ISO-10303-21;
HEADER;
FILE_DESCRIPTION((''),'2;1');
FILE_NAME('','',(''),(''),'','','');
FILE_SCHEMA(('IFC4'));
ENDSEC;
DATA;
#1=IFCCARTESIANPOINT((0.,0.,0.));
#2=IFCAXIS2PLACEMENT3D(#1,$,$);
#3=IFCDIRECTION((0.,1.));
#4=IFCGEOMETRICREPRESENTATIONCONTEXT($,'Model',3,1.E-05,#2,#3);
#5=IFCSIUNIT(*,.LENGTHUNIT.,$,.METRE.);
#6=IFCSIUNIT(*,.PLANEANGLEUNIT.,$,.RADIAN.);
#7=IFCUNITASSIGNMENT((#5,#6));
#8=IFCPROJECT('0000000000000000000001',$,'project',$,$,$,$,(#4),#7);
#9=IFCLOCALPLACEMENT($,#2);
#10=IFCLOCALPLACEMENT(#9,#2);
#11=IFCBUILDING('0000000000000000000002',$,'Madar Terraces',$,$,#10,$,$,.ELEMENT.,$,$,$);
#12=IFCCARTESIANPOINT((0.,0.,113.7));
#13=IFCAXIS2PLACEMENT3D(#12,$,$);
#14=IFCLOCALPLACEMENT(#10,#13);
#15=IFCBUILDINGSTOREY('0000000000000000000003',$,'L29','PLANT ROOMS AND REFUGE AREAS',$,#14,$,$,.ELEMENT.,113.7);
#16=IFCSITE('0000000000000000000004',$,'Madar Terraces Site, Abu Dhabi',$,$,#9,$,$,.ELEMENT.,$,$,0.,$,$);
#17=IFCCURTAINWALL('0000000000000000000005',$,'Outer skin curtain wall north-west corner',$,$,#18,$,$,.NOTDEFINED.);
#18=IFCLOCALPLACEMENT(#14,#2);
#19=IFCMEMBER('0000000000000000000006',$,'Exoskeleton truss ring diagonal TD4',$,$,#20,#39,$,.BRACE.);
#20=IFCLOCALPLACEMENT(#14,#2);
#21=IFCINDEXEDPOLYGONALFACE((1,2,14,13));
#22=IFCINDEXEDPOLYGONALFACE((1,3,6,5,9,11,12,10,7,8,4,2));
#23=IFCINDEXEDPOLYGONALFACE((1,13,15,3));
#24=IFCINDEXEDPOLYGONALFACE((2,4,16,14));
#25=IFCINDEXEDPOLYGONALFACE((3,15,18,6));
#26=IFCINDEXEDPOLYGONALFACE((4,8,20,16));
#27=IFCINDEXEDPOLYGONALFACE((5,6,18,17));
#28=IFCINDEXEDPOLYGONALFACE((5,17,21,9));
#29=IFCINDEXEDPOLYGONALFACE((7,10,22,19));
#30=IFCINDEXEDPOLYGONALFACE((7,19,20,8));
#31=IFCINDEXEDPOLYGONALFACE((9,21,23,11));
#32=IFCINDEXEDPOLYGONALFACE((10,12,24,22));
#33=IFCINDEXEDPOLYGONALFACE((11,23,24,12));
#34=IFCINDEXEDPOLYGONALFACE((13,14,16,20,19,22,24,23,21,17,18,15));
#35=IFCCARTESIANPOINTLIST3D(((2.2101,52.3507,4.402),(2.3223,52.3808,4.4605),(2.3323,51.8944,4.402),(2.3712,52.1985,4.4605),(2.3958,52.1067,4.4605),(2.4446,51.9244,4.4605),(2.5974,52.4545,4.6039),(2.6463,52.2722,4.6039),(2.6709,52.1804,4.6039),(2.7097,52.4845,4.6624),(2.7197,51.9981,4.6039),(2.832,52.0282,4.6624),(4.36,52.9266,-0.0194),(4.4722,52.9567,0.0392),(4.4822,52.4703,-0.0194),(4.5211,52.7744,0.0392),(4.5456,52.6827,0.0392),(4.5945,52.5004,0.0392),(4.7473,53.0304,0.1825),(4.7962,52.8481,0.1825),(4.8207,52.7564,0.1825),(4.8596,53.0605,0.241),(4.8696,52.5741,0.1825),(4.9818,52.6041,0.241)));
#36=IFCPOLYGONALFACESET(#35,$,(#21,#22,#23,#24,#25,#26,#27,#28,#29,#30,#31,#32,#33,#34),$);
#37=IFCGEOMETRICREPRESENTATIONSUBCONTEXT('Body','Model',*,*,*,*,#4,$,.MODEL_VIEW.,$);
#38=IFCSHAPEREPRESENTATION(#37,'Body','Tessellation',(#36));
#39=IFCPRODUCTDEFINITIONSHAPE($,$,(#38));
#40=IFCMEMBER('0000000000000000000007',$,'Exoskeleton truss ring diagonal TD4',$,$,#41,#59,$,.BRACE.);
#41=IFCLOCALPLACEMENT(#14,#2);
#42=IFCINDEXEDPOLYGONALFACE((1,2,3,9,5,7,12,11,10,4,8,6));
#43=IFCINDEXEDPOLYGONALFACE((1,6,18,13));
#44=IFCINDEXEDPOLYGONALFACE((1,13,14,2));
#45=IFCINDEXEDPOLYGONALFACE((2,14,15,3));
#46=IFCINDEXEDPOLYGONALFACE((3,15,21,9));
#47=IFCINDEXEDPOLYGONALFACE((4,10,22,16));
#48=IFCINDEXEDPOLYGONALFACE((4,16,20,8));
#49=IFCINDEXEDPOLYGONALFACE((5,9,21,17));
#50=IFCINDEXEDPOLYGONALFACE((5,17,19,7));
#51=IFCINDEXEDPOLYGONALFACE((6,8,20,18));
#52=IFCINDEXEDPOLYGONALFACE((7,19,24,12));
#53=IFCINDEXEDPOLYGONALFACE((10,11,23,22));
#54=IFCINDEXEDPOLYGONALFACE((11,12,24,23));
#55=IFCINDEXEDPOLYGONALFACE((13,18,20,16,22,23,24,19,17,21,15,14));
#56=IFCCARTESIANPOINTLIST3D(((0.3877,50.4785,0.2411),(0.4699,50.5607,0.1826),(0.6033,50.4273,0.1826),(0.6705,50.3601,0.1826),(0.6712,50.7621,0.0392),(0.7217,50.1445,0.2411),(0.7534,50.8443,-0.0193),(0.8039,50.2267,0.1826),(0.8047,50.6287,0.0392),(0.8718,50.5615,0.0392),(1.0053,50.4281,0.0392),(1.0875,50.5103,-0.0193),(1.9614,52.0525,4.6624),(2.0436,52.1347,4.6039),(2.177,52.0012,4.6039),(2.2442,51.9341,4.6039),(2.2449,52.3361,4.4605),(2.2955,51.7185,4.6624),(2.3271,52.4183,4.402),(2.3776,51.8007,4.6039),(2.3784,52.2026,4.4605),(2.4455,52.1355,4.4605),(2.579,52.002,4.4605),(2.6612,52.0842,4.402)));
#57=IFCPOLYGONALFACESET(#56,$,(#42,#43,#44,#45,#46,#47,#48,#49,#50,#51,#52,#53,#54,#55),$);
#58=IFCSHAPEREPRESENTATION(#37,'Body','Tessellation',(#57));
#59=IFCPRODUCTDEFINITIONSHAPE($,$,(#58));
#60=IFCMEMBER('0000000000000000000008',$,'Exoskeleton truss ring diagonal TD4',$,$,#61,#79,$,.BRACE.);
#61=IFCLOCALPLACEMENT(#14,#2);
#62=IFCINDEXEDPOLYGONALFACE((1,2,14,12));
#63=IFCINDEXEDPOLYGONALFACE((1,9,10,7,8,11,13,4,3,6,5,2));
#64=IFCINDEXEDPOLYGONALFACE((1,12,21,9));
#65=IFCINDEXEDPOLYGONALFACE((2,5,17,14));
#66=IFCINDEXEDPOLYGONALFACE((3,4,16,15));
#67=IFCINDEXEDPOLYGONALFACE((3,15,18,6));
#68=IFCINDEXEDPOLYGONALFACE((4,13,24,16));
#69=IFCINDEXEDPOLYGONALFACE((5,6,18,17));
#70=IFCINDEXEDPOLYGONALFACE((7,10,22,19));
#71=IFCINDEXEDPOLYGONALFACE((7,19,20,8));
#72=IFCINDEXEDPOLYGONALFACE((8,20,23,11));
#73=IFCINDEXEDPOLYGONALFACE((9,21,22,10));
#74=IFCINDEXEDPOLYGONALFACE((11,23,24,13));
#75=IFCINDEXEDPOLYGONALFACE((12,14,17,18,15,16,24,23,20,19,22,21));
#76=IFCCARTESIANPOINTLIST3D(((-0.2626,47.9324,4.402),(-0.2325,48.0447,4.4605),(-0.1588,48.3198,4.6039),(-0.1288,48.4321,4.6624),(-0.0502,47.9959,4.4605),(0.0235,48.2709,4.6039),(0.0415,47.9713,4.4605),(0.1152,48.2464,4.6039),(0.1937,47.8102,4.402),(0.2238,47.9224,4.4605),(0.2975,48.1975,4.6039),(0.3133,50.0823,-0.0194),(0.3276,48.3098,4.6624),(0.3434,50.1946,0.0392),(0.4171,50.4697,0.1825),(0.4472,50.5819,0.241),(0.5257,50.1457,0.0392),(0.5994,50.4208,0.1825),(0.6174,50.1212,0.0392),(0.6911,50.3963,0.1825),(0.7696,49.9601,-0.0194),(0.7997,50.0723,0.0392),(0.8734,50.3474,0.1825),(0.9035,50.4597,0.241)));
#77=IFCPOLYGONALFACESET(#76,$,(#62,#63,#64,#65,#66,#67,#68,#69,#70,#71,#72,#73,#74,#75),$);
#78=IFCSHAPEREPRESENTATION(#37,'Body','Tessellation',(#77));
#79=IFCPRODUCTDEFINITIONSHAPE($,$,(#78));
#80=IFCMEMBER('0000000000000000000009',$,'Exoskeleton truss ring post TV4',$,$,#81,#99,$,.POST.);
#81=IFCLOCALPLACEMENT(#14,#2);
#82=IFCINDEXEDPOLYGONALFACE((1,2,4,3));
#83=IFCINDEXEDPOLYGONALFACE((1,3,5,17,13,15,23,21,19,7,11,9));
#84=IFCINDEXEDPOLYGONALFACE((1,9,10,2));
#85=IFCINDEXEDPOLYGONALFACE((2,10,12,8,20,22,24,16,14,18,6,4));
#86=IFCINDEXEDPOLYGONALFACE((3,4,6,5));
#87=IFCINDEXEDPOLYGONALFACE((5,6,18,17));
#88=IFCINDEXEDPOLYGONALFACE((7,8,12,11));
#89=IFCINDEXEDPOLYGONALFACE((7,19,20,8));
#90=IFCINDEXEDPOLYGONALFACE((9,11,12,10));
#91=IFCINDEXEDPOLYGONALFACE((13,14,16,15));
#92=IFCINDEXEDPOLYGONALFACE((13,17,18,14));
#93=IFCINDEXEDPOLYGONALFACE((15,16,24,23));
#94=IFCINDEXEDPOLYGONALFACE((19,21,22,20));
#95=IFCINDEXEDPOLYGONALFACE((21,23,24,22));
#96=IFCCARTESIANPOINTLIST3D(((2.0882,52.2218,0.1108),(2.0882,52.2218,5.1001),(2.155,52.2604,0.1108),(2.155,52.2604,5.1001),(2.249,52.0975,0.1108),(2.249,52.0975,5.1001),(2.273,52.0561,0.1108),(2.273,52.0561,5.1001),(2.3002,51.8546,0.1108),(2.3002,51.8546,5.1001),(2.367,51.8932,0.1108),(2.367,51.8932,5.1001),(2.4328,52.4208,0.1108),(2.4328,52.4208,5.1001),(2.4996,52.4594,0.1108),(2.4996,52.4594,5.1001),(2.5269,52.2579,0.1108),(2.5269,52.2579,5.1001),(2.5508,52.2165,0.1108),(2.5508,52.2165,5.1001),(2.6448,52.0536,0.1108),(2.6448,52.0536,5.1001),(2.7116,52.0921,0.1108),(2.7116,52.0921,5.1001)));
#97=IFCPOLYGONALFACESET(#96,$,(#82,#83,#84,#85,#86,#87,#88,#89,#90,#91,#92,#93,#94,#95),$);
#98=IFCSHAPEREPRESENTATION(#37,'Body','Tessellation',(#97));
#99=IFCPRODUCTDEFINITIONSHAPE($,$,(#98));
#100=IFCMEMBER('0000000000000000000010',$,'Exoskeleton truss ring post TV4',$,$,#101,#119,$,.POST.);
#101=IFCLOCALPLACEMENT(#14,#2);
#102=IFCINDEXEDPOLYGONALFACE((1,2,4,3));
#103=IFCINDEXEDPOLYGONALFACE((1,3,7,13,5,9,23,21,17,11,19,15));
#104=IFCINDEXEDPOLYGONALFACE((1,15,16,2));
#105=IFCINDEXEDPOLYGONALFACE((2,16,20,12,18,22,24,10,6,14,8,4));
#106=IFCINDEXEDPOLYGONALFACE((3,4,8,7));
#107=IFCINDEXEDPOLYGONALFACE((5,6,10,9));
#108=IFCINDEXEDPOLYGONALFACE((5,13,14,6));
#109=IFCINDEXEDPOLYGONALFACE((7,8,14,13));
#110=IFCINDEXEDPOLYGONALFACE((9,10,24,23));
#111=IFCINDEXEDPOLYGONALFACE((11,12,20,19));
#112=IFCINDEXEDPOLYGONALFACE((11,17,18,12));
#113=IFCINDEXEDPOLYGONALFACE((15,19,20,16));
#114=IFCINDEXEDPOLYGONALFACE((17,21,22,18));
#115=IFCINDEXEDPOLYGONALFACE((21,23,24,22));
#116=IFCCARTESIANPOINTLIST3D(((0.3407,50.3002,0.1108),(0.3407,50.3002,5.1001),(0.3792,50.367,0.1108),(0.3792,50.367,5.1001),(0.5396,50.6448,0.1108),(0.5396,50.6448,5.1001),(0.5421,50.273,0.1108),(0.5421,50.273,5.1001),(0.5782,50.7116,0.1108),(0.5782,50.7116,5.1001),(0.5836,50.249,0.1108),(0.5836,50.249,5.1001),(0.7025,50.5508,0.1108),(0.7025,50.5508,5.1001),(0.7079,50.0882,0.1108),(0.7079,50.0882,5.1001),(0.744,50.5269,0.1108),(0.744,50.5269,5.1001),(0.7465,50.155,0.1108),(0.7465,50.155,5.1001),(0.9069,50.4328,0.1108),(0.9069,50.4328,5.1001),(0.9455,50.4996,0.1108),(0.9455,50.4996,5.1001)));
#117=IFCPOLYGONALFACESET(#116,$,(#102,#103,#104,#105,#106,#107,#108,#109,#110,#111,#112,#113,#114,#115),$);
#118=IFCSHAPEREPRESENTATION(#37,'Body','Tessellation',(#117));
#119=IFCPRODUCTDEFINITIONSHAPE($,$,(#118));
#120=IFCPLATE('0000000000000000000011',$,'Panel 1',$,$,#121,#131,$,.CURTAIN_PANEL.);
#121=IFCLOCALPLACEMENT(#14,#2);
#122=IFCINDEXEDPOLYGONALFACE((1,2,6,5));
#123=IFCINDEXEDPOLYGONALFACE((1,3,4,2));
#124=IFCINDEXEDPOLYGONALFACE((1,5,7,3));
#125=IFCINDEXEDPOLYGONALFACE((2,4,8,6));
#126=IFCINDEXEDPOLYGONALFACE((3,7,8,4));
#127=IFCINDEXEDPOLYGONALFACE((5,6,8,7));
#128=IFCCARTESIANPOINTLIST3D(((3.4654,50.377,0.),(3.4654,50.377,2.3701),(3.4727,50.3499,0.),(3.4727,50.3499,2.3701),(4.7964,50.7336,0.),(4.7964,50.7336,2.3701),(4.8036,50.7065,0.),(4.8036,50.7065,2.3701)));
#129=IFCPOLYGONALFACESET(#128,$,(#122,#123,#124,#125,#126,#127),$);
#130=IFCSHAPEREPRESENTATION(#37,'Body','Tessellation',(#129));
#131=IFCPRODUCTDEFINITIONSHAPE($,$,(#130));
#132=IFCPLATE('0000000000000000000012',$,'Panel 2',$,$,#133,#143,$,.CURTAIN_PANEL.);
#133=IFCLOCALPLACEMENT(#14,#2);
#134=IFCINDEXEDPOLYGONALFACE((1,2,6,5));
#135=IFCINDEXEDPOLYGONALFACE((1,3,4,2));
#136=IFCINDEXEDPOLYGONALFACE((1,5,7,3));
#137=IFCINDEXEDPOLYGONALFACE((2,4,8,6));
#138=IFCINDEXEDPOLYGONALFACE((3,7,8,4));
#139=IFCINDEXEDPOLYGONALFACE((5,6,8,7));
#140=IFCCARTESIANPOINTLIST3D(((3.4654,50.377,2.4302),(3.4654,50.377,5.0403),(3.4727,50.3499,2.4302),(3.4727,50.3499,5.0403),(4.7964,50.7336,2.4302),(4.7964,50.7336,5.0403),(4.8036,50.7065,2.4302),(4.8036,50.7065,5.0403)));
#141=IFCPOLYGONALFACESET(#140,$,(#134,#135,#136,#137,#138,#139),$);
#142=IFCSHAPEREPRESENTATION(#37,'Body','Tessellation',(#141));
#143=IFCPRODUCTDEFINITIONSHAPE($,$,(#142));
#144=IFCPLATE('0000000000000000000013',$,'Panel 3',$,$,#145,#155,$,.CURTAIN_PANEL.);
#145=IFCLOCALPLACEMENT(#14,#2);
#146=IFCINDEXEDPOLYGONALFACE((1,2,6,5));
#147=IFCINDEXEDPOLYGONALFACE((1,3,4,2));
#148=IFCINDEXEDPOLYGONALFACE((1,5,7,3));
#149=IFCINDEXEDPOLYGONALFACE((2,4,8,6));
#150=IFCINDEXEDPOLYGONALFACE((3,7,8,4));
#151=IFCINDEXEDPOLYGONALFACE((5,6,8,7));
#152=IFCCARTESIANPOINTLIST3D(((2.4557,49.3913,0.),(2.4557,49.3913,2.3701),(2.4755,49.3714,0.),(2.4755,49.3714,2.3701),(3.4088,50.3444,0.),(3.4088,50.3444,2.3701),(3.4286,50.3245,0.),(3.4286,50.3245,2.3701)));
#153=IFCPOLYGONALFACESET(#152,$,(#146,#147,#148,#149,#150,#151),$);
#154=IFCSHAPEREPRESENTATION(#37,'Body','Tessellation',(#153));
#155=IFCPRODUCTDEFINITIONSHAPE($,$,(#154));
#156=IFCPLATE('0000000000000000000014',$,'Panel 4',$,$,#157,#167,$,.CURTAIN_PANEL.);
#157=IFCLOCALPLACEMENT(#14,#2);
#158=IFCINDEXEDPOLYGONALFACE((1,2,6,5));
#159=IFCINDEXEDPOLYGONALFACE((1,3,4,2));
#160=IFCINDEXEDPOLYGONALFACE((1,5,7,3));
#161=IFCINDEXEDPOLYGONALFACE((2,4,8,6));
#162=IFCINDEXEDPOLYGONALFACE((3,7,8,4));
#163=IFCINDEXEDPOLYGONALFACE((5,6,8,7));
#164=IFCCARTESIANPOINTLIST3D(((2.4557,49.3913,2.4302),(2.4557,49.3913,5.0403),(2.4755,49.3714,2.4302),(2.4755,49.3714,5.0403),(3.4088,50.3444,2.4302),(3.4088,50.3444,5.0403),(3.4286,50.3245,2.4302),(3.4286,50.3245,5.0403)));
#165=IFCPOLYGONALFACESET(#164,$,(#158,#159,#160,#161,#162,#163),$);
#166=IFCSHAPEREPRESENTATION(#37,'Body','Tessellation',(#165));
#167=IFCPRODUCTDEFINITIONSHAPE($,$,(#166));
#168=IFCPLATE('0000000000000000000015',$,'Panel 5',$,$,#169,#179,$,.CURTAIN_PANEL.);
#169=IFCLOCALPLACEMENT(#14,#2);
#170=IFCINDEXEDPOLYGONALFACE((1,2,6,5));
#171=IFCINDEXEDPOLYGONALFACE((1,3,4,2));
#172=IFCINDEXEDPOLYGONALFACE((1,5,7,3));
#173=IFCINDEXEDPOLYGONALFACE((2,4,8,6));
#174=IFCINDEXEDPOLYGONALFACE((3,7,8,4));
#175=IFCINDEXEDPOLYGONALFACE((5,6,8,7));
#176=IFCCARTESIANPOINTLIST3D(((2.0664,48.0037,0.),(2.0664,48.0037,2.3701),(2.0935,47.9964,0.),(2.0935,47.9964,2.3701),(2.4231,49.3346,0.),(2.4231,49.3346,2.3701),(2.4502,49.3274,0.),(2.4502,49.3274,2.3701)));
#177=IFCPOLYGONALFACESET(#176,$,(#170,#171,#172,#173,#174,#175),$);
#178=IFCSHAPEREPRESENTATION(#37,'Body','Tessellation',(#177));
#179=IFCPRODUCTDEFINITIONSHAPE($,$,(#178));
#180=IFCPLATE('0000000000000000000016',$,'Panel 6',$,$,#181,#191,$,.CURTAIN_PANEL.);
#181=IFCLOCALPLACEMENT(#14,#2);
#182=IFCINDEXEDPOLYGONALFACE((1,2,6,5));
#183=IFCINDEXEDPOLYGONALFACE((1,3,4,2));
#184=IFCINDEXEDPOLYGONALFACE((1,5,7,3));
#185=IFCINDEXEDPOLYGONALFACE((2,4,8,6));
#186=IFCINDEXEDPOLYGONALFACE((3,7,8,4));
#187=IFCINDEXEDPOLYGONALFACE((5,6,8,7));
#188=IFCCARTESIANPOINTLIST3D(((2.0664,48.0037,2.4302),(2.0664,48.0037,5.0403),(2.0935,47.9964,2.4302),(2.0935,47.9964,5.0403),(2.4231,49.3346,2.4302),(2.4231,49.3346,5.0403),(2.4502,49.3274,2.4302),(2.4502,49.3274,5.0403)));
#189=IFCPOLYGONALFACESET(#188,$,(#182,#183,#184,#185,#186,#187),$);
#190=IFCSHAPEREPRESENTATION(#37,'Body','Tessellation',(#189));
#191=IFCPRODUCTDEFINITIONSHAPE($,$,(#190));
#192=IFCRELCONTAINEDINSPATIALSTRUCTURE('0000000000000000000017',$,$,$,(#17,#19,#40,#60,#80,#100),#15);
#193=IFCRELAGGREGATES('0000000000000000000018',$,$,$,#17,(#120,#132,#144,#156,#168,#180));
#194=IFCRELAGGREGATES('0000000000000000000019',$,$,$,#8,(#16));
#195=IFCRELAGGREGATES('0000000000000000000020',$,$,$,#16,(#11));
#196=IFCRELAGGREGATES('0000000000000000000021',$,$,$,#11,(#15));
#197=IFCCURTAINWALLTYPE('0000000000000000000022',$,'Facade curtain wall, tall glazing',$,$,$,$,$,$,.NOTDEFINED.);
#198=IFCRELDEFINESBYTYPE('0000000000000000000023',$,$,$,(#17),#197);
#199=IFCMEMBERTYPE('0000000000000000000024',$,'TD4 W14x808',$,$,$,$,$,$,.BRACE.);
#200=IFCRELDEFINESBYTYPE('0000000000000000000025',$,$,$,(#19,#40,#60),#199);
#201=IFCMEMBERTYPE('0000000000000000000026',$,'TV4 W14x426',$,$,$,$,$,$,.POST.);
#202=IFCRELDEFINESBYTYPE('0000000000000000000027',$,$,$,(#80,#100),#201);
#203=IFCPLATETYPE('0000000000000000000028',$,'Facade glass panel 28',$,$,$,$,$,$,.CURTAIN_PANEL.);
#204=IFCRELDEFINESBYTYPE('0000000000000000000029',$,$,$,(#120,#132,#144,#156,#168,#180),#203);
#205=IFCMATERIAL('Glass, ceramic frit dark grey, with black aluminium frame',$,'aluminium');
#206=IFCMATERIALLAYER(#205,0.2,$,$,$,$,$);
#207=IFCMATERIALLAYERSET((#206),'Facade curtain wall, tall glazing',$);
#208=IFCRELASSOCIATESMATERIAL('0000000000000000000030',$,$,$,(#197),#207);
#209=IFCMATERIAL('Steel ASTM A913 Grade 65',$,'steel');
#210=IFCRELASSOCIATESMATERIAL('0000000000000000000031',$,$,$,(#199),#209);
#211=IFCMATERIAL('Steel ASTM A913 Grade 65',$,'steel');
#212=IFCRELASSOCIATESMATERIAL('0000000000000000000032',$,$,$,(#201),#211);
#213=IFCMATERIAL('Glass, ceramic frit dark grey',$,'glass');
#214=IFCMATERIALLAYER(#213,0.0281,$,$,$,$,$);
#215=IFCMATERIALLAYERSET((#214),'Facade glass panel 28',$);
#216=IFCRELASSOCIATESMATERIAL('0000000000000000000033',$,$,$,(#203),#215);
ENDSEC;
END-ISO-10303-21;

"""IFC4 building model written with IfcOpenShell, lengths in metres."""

from ifc_helpers import new_model, si_unit, direction, frame, origin, origin_2d, place, context, subcontext, project, spatial, rectangle, i_section, extrude, material, layer, layer_set, material_profile, profile_set, type_object, element, aggregate, save


model = new_model("IFC4")

# Units and contexts
model_context = context("Model", 3, precision=1e-05, world=origin(), true_north=direction((0.0, 1.0)))
body_context = subcontext(model_context, "Body", "Model", "MODEL_VIEW")
ifc_project = project(units=[si_unit("LENGTHUNIT", "METRE"), si_unit("PLANEANGLEUNIT", "RADIAN")], contexts=[model_context])

# Site, building, storey
site_placement = place(None, origin())
site = spatial("IfcSite", under=ifc_project, at=site_placement, Name="Madar Terraces Site, Abu Dhabi", CompositionType="ELEMENT", RefElevation=0.0)
building_placement = place(site_placement, origin())
building = spatial("IfcBuilding", under=site, at=building_placement, Name="Madar Terraces", CompositionType="ELEMENT")
storey_placement = place(building_placement, frame((0.0, 0.0, 113.7)))
storey = spatial("IfcBuildingStorey", under=building, at=storey_placement, Name="L29", Description="PLANT ROOMS AND REFUGE AREAS", CompositionType="ELEMENT", Elevation=113.7)

# Curtain wall
ifc_material_1 = material(Name="Glass, ceramic frit dark grey, with black aluminium frame", Category="aluminium")
ifc_layer_1 = layer(ifc_material_1, 0.2)
ifc_layer_set_1 = layer_set([ifc_layer_1], Name="Facade curtain wall, tall glazing")
curtain_wall_type = type_object("IfcCurtainWallType", Name="Facade curtain wall, tall glazing", PredefinedType="NOTDEFINED", material=ifc_layer_set_1)
curtain_wall_placement = place(storey_placement, origin())
curtain_wall = element("IfcCurtainWall", 1, at=curtain_wall_placement, inside=storey, type_object=curtain_wall_type, Name="Outer skin curtain wall north-west corner", PredefinedType="NOTDEFINED")

# Members
ifc_material_2 = material(Name="Steel ASTM A913 Grade 65", Category="steel")
ifc_material_profile_1 = material_profile(ifc_material_2, i_section(OverallWidth=0.4724, OverallDepth=0.5791, WebThickness=0.095, FlangeThickness=0.1301, at=origin_2d()), Name="W14x808")
ifc_profile_set_1 = profile_set([ifc_material_profile_1], Name="Steel ASTM A913 Grade 65")
member_type_1 = type_object("IfcMemberType", Name="TD4 W14x808", PredefinedType="BRACE", material=ifc_profile_set_1)
for number, where, z_axis, x_axis, name in (
    (2, (4.6709, 52.7654, 0.1108), (-0.434324, -0.116349, 0.893211), (0.258762, -0.965941, 0.0), "Exoskeleton truss ring diagonal TD4"),
    (3, (2.3113, 52.0684, 4.5322), (-0.317924, -0.317973, -0.893206), (0.707162, -0.707052, 0.0), "Exoskeleton truss ring diagonal TD4"),
    (4, (0.6084, 50.271, 0.1108), (-0.116349, -0.434324, 0.893211), (0.965941, -0.258762, 0.0), "Exoskeleton truss ring diagonal TD4"),
):
    element("IfcMember", number, at=place(storey_placement, frame(where, z_axis=z_axis, x_axis=x_axis)), inside=storey, type_object=member_type_1, Name=name, PredefinedType="BRACE", context=body_context, shape_type="SweptSolid", body=[
        extrude(i_section(OverallWidth=0.4724, OverallDepth=0.5791, WebThickness=0.095, FlangeThickness=0.1301, at=origin_2d()), origin(), (0.0, 0.0, 1.0), 4.95),
    ])
ifc_material_3 = material(Name="Steel ASTM A913 Grade 65", Category="steel")
ifc_material_profile_2 = material_profile(ifc_material_3, i_section(OverallWidth=0.4241, OverallDepth=0.4751, WebThickness=0.0479, FlangeThickness=0.0771, at=origin_2d()), Name="W14x426")
ifc_profile_set_2 = profile_set([ifc_material_profile_2], Name="Steel ASTM A913 Grade 65")
member_type_2 = type_object("IfcMemberType", Name="TV4 W14x426", PredefinedType="POST", material=ifc_profile_set_2)
for number, where, z_axis, x_axis, name in (
    (5, (2.3999, 52.157, 0.1108), (0.0, 0.0, 1.0), (0.5, -0.866025, 0.0), "Exoskeleton truss ring post TV4"),
    (6, (0.6431, 50.3999, 0.1108), (0.0, 0.0, 1.0), (0.866025, -0.5, 0.0), "Exoskeleton truss ring post TV4"),
):
    element("IfcMember", number, at=place(storey_placement, frame(where, z_axis=z_axis, x_axis=x_axis)), inside=storey, type_object=member_type_2, Name=name, PredefinedType="POST", context=body_context, shape_type="SweptSolid", body=[
        extrude(i_section(OverallWidth=0.4241, OverallDepth=0.4751, WebThickness=0.0479, FlangeThickness=0.0771, at=origin_2d()), origin(), (0.0, 0.0, 1.0), 4.9893),
    ])

# Plates
ifc_material_4 = material(Name="Glass, ceramic frit dark grey", Category="glass")
ifc_layer_2 = layer(ifc_material_4, 0.0281)
ifc_layer_set_2 = layer_set([ifc_layer_2], Name="Facade glass panel 28")
plate_type = type_object("IfcPlateType", Name="Facade glass panel 28", PredefinedType="CURTAIN_PANEL", material=ifc_layer_set_2)
plate_1_placement = place(storey_placement, frame((4.1345, 50.5417, 0.0), z_axis=(0.0, 0.0, 1.0), x_axis=(-0.965926, -0.258819, 0.0)))
plate_1 = element("IfcPlate", 7, at=plate_1_placement, type_object=plate_type, Name="Panel 1", PredefinedType="CURTAIN_PANEL", context=body_context, shape_type="SweptSolid", body=[
    extrude(rectangle(XDim=1.3779, YDim=0.0281, at=origin_2d()), origin(), (0.0, 0.0, 1.0), 2.3701),
])
plate_2_placement = place(storey_placement, frame((4.1345, 50.5417, 2.4302), z_axis=(0.0, 0.0, 1.0), x_axis=(-0.965926, -0.258819, 0.0)))
plate_2 = element("IfcPlate", 8, at=plate_2_placement, type_object=plate_type, Name="Panel 2", PredefinedType="CURTAIN_PANEL", context=body_context, shape_type="SweptSolid", body=[
    extrude(rectangle(XDim=1.3779, YDim=0.0281, at=origin_2d()), origin(), (0.0, 0.0, 1.0), 2.6101),
])
plate_3_placement = place(storey_placement, frame((2.9421, 49.8579, 0.0), z_axis=(0.0, 0.0, 1.0), x_axis=(-0.707107, -0.707107, 0.0)))
plate_3 = element("IfcPlate", 9, at=plate_3_placement, type_object=plate_type, Name="Panel 3", PredefinedType="CURTAIN_PANEL", context=body_context, shape_type="SweptSolid", body=[
    extrude(rectangle(XDim=1.3479, YDim=0.0281, at=origin_2d()), origin(), (0.0, 0.0, 1.0), 2.3701),
])
plate_4_placement = place(storey_placement, frame((2.9421, 49.8579, 2.4302), z_axis=(0.0, 0.0, 1.0), x_axis=(-0.707107, -0.707107, 0.0)))
plate_4 = element("IfcPlate", 10, at=plate_4_placement, type_object=plate_type, Name="Panel 4", PredefinedType="CURTAIN_PANEL", context=body_context, shape_type="SweptSolid", body=[
    extrude(rectangle(XDim=1.3479, YDim=0.0281, at=origin_2d()), origin(), (0.0, 0.0, 1.0), 2.6101),
])
plate_5_placement = place(storey_placement, frame((2.2583, 48.6655, 0.0), z_axis=(0.0, 0.0, 1.0), x_axis=(-0.258819, -0.965926, 0.0)))
plate_5 = element("IfcPlate", 11, at=plate_5_placement, type_object=plate_type, Name="Panel 5", PredefinedType="CURTAIN_PANEL", context=body_context, shape_type="SweptSolid", body=[
    extrude(rectangle(XDim=1.3779, YDim=0.0281, at=origin_2d()), origin(), (0.0, 0.0, 1.0), 2.3701),
])
plate_6_placement = place(storey_placement, frame((2.2583, 48.6655, 2.4302), z_axis=(0.0, 0.0, 1.0), x_axis=(-0.258819, -0.965926, 0.0)))
plate_6 = element("IfcPlate", 12, at=plate_6_placement, type_object=plate_type, Name="Panel 6", PredefinedType="CURTAIN_PANEL", context=body_context, shape_type="SweptSolid", body=[
    extrude(rectangle(XDim=1.3779, YDim=0.0281, at=origin_2d()), origin(), (0.0, 0.0, 1.0), 2.6101),
])
aggregate(curtain_wall, [plate_1, plate_2, plate_3, plate_4, plate_5, plate_6])

save(model, "model.ifc")
